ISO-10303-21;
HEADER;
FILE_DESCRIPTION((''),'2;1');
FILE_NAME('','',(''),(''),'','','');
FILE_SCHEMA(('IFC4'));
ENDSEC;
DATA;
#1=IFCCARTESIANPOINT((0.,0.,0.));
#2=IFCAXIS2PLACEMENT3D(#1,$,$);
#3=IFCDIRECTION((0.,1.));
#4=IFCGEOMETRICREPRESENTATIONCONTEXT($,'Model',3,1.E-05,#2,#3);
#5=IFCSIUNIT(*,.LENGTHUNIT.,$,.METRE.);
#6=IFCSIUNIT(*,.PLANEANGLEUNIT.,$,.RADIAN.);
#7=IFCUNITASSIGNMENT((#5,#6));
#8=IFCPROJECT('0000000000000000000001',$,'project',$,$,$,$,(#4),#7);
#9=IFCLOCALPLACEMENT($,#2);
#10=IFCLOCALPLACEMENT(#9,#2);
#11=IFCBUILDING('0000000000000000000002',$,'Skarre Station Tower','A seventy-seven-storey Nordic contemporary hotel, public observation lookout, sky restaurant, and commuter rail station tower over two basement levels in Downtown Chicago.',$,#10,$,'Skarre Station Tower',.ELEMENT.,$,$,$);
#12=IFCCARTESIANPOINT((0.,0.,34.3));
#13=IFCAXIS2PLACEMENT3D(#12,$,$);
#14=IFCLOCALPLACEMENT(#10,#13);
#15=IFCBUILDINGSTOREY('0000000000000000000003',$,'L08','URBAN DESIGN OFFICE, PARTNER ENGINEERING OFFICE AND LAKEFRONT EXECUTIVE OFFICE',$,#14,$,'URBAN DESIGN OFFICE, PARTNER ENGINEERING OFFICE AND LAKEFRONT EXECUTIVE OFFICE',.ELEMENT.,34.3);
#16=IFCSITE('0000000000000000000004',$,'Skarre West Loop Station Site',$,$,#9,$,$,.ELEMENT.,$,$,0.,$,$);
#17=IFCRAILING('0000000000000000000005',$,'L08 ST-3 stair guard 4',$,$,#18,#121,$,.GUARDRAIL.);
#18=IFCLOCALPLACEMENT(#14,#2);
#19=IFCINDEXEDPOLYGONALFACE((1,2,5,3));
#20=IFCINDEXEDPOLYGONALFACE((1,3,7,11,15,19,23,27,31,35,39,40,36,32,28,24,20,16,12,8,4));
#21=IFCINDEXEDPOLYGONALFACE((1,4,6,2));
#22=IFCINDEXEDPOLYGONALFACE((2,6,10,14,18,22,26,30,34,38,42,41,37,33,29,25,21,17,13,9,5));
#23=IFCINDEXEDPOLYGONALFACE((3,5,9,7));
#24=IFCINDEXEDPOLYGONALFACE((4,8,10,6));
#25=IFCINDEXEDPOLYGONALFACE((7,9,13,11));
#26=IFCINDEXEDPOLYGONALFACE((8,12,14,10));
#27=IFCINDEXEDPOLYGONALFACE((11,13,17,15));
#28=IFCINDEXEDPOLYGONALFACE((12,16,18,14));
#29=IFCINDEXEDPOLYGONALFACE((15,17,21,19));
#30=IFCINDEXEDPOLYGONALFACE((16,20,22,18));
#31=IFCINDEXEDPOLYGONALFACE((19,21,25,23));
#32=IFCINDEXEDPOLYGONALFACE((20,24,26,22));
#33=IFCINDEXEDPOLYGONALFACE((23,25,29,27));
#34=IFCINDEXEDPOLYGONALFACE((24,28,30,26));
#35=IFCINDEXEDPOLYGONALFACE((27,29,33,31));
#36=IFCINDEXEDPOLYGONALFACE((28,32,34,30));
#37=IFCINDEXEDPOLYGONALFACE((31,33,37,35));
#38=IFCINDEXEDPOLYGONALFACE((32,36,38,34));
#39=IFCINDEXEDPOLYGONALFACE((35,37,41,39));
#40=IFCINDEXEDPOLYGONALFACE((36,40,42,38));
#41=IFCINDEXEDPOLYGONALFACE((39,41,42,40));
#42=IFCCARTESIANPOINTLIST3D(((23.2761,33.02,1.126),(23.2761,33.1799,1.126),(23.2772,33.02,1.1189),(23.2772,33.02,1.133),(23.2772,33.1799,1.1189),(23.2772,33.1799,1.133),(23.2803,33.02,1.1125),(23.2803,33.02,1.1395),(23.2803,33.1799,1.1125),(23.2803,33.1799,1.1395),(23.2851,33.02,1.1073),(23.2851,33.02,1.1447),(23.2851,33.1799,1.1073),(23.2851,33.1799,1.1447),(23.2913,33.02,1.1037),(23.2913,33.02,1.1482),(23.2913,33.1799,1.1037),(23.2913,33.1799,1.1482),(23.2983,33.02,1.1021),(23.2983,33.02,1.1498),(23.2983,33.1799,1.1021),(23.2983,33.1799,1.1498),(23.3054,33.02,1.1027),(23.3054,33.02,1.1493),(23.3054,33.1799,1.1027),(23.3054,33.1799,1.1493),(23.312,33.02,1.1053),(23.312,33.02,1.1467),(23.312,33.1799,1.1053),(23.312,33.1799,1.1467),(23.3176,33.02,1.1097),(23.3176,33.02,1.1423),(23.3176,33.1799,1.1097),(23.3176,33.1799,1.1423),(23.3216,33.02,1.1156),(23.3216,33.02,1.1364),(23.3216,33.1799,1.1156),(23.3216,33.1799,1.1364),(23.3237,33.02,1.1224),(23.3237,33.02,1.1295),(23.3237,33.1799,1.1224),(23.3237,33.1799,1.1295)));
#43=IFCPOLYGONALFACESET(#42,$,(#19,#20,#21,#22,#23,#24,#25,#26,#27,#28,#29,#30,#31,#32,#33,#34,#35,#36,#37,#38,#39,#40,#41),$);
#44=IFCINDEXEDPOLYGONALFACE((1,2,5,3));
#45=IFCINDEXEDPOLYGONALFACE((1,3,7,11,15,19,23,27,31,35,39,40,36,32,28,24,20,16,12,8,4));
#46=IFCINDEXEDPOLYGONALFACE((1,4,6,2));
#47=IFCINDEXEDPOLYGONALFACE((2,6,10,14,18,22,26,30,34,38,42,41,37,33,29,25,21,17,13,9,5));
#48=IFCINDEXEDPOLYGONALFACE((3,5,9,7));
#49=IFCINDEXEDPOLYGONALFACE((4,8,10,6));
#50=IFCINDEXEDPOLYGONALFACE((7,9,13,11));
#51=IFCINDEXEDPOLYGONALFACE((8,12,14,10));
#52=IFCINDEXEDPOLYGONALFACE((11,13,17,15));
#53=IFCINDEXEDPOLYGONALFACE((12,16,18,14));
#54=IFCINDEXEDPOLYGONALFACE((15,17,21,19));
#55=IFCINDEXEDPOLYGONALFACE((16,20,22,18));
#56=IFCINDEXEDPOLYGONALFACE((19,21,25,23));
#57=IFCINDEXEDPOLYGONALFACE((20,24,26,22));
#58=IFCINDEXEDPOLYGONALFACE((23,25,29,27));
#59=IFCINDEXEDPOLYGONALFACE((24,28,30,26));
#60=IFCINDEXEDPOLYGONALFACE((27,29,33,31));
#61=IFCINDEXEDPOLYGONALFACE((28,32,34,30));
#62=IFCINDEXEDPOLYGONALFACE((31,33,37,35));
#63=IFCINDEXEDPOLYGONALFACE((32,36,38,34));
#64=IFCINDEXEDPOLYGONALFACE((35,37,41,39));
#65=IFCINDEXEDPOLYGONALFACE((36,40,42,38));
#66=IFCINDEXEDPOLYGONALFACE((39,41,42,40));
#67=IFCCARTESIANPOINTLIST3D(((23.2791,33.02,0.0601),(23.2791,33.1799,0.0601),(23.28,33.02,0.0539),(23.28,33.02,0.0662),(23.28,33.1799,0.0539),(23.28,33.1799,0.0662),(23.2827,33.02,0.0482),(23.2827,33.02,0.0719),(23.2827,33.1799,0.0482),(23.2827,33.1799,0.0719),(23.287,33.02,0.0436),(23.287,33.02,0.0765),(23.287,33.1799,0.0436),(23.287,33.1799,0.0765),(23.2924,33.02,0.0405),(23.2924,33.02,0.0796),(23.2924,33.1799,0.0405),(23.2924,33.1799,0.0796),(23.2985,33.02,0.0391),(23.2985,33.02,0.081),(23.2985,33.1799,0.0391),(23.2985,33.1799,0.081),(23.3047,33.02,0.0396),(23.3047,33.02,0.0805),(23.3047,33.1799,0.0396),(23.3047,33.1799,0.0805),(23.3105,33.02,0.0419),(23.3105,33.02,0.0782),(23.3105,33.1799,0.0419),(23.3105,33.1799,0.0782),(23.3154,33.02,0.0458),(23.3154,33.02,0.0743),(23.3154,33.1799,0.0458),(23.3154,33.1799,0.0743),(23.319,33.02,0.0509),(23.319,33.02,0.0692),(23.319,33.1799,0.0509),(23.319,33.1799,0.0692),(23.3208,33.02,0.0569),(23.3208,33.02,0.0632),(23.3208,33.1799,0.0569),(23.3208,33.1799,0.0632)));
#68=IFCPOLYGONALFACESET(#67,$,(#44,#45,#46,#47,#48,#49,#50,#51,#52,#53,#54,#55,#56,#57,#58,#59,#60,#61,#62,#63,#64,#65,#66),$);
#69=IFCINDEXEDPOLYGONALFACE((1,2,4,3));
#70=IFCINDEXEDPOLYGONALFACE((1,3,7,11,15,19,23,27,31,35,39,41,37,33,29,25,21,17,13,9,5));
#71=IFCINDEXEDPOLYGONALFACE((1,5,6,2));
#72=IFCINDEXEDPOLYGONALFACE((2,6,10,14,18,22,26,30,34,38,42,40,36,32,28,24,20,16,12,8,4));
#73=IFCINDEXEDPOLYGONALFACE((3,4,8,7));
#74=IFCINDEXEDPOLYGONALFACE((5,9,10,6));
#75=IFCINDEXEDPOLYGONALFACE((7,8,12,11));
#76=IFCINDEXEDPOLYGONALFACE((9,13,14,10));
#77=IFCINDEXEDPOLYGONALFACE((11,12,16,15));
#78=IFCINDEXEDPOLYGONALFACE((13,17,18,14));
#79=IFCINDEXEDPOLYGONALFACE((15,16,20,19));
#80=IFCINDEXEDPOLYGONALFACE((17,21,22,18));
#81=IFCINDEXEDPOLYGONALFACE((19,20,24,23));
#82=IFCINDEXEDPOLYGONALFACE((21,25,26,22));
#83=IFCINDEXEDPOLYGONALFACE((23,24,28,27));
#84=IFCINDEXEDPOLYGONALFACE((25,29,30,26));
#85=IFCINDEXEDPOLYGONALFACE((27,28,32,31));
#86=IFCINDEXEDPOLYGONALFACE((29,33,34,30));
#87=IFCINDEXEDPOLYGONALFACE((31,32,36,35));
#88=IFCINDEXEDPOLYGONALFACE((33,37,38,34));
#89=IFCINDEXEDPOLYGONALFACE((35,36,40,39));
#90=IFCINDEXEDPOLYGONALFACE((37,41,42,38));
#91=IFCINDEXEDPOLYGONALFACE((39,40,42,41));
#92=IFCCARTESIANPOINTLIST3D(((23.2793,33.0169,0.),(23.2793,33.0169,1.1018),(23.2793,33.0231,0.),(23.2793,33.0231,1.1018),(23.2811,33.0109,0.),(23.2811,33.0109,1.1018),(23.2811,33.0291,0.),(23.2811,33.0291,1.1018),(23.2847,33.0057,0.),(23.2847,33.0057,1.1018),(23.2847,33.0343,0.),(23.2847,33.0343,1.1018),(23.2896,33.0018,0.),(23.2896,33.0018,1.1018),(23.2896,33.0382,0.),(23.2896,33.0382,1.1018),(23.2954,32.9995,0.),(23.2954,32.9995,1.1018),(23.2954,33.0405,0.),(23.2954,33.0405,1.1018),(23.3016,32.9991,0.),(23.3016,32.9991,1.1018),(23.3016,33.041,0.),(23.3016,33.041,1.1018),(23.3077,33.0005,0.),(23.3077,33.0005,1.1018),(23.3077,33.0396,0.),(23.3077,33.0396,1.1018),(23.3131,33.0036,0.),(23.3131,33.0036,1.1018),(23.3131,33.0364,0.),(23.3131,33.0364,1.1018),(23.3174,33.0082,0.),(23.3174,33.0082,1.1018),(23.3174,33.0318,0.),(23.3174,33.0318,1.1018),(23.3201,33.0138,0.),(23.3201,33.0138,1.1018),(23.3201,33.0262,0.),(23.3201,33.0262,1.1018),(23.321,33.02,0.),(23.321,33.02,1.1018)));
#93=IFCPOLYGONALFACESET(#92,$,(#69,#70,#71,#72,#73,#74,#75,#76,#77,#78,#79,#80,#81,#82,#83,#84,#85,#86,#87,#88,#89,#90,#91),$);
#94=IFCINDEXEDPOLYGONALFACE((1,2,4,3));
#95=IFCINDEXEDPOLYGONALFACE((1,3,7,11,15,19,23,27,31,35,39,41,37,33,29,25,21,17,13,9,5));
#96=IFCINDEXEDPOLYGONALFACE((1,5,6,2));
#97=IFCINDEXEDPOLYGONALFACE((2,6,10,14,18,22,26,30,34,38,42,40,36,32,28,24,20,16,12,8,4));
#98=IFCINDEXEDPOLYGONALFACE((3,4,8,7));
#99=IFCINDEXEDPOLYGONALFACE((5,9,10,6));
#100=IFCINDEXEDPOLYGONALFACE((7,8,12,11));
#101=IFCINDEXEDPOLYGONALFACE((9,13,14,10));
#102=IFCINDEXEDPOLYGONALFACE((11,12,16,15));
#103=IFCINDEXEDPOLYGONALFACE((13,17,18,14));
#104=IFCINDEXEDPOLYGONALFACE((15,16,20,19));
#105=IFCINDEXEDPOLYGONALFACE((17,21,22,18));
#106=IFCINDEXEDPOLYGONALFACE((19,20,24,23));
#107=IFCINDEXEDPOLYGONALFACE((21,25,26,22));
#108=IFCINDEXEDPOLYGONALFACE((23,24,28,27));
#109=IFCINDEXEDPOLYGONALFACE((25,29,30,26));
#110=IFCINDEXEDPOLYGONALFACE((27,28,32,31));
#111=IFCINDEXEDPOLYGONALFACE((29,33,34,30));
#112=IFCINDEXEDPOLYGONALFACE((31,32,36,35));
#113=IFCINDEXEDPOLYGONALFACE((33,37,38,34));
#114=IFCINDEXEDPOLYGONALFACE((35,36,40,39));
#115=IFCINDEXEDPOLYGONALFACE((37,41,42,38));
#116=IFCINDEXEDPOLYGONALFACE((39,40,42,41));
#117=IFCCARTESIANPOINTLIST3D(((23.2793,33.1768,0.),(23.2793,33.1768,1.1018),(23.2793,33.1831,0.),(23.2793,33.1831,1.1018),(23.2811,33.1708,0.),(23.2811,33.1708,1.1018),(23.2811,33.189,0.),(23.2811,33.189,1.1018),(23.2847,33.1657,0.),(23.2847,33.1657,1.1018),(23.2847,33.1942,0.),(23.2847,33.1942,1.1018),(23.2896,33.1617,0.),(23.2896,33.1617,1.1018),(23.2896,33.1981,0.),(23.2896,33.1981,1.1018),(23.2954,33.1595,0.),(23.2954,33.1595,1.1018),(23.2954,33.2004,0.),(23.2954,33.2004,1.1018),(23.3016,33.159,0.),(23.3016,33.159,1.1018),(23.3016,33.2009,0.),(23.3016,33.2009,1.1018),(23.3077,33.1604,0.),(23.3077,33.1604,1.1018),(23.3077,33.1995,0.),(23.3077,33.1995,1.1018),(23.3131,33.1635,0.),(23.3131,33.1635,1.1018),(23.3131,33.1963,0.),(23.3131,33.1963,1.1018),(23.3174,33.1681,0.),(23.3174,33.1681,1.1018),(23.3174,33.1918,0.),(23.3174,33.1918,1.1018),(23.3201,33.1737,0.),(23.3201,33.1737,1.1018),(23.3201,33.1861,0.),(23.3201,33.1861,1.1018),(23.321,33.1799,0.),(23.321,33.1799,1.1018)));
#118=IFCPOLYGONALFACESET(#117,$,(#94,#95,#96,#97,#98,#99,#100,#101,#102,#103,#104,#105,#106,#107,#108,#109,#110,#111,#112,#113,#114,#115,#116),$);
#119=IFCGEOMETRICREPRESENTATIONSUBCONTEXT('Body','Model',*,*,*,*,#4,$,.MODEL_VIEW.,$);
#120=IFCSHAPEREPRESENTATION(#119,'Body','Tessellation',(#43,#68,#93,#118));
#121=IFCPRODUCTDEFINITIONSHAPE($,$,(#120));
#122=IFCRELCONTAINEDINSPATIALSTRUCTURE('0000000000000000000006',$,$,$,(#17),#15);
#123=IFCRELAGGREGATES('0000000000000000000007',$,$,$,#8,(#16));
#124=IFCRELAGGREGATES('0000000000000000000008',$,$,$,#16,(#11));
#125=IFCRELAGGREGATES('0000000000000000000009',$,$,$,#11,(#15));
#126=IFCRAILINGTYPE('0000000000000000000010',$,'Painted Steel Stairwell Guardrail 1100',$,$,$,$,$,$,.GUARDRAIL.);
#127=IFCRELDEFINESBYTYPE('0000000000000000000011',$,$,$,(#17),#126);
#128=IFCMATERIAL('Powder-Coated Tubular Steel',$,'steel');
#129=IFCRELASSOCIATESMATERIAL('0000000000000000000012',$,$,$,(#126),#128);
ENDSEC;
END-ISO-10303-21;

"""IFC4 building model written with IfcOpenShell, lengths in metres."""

from ifc_helpers import new_model, si_unit, direction, frame, origin, origin_2d, place, context, subcontext, project, spatial, circle, extrude, material, type_object, element, save


model = new_model("IFC4")

# Units and contexts
model_context = context("Model", 3, precision=1e-05, world=origin(), true_north=direction((0.0, 1.0)))
body_context = subcontext(model_context, "Body", "Model", "MODEL_VIEW")
ifc_project = project(units=[si_unit("LENGTHUNIT", "METRE"), si_unit("PLANEANGLEUNIT", "RADIAN")], contexts=[model_context])

# Site, building, storey
site_placement = place(None, origin())
site = spatial("IfcSite", under=ifc_project, at=site_placement, Name="Skarre West Loop Station Site", CompositionType="ELEMENT", RefElevation=0.0)
building_placement = place(site_placement, origin())
building = spatial("IfcBuilding", under=site, at=building_placement, Name="Skarre Station Tower", Description="A seventy-seven-storey Nordic contemporary hotel, public observation lookout, sky restaurant, and commuter rail station tower over two basement levels in Downtown Chicago.", LongName="Skarre Station Tower", CompositionType="ELEMENT")
storey_placement = place(building_placement, frame((0.0, 0.0, 34.3)))
storey = spatial("IfcBuildingStorey", under=building, at=storey_placement, Name="L08", Description="URBAN DESIGN OFFICE, PARTNER ENGINEERING OFFICE AND LAKEFRONT EXECUTIVE OFFICE", LongName="URBAN DESIGN OFFICE, PARTNER ENGINEERING OFFICE AND LAKEFRONT EXECUTIVE OFFICE", CompositionType="ELEMENT", Elevation=34.3)

# Railing
ifc_material_1 = material(Name="Powder-Coated Tubular Steel", Category="steel")
railing_type_1 = type_object("IfcRailingType", Name="Painted Steel Stairwell Guardrail 1100", PredefinedType="GUARDRAIL", material=ifc_material_1)
railing_1_placement = place(storey_placement, frame((23.3, 33.02, 0.0)))
element("IfcRailing", 1, at=railing_1_placement, inside=storey, type_object=railing_type_1, Name="L08 ST-3 stair guard 4", PredefinedType="GUARDRAIL", context=body_context, shape_type="SweptSolid", body=[
    extrude(circle(Radius=0.0239, at=origin_2d()), frame((0.0, 0.0, 1.126), z_axis=(0.0, 1.0, 0.0), x_axis=(-1.0, 0.0, 0.0)), (0.0, 0.0, 1.0), 0.1599),
    extrude(circle(Radius=0.021, at=origin_2d()), frame((0.0, 0.0, 0.0601), z_axis=(0.0, 1.0, 0.0), x_axis=(-1.0, 0.0, 0.0)), (0.0, 0.0, 1.0), 0.1599),
    extrude(circle(Radius=0.021, at=origin_2d()), origin(), (0.0, 0.0, 1.0), 1.1018),
    extrude(circle(Radius=0.021, at=origin_2d()), frame((0.0, 0.1599, 0.0)), (0.0, 0.0, 1.0), 1.1018),
])

save(model, "model.ifc")
